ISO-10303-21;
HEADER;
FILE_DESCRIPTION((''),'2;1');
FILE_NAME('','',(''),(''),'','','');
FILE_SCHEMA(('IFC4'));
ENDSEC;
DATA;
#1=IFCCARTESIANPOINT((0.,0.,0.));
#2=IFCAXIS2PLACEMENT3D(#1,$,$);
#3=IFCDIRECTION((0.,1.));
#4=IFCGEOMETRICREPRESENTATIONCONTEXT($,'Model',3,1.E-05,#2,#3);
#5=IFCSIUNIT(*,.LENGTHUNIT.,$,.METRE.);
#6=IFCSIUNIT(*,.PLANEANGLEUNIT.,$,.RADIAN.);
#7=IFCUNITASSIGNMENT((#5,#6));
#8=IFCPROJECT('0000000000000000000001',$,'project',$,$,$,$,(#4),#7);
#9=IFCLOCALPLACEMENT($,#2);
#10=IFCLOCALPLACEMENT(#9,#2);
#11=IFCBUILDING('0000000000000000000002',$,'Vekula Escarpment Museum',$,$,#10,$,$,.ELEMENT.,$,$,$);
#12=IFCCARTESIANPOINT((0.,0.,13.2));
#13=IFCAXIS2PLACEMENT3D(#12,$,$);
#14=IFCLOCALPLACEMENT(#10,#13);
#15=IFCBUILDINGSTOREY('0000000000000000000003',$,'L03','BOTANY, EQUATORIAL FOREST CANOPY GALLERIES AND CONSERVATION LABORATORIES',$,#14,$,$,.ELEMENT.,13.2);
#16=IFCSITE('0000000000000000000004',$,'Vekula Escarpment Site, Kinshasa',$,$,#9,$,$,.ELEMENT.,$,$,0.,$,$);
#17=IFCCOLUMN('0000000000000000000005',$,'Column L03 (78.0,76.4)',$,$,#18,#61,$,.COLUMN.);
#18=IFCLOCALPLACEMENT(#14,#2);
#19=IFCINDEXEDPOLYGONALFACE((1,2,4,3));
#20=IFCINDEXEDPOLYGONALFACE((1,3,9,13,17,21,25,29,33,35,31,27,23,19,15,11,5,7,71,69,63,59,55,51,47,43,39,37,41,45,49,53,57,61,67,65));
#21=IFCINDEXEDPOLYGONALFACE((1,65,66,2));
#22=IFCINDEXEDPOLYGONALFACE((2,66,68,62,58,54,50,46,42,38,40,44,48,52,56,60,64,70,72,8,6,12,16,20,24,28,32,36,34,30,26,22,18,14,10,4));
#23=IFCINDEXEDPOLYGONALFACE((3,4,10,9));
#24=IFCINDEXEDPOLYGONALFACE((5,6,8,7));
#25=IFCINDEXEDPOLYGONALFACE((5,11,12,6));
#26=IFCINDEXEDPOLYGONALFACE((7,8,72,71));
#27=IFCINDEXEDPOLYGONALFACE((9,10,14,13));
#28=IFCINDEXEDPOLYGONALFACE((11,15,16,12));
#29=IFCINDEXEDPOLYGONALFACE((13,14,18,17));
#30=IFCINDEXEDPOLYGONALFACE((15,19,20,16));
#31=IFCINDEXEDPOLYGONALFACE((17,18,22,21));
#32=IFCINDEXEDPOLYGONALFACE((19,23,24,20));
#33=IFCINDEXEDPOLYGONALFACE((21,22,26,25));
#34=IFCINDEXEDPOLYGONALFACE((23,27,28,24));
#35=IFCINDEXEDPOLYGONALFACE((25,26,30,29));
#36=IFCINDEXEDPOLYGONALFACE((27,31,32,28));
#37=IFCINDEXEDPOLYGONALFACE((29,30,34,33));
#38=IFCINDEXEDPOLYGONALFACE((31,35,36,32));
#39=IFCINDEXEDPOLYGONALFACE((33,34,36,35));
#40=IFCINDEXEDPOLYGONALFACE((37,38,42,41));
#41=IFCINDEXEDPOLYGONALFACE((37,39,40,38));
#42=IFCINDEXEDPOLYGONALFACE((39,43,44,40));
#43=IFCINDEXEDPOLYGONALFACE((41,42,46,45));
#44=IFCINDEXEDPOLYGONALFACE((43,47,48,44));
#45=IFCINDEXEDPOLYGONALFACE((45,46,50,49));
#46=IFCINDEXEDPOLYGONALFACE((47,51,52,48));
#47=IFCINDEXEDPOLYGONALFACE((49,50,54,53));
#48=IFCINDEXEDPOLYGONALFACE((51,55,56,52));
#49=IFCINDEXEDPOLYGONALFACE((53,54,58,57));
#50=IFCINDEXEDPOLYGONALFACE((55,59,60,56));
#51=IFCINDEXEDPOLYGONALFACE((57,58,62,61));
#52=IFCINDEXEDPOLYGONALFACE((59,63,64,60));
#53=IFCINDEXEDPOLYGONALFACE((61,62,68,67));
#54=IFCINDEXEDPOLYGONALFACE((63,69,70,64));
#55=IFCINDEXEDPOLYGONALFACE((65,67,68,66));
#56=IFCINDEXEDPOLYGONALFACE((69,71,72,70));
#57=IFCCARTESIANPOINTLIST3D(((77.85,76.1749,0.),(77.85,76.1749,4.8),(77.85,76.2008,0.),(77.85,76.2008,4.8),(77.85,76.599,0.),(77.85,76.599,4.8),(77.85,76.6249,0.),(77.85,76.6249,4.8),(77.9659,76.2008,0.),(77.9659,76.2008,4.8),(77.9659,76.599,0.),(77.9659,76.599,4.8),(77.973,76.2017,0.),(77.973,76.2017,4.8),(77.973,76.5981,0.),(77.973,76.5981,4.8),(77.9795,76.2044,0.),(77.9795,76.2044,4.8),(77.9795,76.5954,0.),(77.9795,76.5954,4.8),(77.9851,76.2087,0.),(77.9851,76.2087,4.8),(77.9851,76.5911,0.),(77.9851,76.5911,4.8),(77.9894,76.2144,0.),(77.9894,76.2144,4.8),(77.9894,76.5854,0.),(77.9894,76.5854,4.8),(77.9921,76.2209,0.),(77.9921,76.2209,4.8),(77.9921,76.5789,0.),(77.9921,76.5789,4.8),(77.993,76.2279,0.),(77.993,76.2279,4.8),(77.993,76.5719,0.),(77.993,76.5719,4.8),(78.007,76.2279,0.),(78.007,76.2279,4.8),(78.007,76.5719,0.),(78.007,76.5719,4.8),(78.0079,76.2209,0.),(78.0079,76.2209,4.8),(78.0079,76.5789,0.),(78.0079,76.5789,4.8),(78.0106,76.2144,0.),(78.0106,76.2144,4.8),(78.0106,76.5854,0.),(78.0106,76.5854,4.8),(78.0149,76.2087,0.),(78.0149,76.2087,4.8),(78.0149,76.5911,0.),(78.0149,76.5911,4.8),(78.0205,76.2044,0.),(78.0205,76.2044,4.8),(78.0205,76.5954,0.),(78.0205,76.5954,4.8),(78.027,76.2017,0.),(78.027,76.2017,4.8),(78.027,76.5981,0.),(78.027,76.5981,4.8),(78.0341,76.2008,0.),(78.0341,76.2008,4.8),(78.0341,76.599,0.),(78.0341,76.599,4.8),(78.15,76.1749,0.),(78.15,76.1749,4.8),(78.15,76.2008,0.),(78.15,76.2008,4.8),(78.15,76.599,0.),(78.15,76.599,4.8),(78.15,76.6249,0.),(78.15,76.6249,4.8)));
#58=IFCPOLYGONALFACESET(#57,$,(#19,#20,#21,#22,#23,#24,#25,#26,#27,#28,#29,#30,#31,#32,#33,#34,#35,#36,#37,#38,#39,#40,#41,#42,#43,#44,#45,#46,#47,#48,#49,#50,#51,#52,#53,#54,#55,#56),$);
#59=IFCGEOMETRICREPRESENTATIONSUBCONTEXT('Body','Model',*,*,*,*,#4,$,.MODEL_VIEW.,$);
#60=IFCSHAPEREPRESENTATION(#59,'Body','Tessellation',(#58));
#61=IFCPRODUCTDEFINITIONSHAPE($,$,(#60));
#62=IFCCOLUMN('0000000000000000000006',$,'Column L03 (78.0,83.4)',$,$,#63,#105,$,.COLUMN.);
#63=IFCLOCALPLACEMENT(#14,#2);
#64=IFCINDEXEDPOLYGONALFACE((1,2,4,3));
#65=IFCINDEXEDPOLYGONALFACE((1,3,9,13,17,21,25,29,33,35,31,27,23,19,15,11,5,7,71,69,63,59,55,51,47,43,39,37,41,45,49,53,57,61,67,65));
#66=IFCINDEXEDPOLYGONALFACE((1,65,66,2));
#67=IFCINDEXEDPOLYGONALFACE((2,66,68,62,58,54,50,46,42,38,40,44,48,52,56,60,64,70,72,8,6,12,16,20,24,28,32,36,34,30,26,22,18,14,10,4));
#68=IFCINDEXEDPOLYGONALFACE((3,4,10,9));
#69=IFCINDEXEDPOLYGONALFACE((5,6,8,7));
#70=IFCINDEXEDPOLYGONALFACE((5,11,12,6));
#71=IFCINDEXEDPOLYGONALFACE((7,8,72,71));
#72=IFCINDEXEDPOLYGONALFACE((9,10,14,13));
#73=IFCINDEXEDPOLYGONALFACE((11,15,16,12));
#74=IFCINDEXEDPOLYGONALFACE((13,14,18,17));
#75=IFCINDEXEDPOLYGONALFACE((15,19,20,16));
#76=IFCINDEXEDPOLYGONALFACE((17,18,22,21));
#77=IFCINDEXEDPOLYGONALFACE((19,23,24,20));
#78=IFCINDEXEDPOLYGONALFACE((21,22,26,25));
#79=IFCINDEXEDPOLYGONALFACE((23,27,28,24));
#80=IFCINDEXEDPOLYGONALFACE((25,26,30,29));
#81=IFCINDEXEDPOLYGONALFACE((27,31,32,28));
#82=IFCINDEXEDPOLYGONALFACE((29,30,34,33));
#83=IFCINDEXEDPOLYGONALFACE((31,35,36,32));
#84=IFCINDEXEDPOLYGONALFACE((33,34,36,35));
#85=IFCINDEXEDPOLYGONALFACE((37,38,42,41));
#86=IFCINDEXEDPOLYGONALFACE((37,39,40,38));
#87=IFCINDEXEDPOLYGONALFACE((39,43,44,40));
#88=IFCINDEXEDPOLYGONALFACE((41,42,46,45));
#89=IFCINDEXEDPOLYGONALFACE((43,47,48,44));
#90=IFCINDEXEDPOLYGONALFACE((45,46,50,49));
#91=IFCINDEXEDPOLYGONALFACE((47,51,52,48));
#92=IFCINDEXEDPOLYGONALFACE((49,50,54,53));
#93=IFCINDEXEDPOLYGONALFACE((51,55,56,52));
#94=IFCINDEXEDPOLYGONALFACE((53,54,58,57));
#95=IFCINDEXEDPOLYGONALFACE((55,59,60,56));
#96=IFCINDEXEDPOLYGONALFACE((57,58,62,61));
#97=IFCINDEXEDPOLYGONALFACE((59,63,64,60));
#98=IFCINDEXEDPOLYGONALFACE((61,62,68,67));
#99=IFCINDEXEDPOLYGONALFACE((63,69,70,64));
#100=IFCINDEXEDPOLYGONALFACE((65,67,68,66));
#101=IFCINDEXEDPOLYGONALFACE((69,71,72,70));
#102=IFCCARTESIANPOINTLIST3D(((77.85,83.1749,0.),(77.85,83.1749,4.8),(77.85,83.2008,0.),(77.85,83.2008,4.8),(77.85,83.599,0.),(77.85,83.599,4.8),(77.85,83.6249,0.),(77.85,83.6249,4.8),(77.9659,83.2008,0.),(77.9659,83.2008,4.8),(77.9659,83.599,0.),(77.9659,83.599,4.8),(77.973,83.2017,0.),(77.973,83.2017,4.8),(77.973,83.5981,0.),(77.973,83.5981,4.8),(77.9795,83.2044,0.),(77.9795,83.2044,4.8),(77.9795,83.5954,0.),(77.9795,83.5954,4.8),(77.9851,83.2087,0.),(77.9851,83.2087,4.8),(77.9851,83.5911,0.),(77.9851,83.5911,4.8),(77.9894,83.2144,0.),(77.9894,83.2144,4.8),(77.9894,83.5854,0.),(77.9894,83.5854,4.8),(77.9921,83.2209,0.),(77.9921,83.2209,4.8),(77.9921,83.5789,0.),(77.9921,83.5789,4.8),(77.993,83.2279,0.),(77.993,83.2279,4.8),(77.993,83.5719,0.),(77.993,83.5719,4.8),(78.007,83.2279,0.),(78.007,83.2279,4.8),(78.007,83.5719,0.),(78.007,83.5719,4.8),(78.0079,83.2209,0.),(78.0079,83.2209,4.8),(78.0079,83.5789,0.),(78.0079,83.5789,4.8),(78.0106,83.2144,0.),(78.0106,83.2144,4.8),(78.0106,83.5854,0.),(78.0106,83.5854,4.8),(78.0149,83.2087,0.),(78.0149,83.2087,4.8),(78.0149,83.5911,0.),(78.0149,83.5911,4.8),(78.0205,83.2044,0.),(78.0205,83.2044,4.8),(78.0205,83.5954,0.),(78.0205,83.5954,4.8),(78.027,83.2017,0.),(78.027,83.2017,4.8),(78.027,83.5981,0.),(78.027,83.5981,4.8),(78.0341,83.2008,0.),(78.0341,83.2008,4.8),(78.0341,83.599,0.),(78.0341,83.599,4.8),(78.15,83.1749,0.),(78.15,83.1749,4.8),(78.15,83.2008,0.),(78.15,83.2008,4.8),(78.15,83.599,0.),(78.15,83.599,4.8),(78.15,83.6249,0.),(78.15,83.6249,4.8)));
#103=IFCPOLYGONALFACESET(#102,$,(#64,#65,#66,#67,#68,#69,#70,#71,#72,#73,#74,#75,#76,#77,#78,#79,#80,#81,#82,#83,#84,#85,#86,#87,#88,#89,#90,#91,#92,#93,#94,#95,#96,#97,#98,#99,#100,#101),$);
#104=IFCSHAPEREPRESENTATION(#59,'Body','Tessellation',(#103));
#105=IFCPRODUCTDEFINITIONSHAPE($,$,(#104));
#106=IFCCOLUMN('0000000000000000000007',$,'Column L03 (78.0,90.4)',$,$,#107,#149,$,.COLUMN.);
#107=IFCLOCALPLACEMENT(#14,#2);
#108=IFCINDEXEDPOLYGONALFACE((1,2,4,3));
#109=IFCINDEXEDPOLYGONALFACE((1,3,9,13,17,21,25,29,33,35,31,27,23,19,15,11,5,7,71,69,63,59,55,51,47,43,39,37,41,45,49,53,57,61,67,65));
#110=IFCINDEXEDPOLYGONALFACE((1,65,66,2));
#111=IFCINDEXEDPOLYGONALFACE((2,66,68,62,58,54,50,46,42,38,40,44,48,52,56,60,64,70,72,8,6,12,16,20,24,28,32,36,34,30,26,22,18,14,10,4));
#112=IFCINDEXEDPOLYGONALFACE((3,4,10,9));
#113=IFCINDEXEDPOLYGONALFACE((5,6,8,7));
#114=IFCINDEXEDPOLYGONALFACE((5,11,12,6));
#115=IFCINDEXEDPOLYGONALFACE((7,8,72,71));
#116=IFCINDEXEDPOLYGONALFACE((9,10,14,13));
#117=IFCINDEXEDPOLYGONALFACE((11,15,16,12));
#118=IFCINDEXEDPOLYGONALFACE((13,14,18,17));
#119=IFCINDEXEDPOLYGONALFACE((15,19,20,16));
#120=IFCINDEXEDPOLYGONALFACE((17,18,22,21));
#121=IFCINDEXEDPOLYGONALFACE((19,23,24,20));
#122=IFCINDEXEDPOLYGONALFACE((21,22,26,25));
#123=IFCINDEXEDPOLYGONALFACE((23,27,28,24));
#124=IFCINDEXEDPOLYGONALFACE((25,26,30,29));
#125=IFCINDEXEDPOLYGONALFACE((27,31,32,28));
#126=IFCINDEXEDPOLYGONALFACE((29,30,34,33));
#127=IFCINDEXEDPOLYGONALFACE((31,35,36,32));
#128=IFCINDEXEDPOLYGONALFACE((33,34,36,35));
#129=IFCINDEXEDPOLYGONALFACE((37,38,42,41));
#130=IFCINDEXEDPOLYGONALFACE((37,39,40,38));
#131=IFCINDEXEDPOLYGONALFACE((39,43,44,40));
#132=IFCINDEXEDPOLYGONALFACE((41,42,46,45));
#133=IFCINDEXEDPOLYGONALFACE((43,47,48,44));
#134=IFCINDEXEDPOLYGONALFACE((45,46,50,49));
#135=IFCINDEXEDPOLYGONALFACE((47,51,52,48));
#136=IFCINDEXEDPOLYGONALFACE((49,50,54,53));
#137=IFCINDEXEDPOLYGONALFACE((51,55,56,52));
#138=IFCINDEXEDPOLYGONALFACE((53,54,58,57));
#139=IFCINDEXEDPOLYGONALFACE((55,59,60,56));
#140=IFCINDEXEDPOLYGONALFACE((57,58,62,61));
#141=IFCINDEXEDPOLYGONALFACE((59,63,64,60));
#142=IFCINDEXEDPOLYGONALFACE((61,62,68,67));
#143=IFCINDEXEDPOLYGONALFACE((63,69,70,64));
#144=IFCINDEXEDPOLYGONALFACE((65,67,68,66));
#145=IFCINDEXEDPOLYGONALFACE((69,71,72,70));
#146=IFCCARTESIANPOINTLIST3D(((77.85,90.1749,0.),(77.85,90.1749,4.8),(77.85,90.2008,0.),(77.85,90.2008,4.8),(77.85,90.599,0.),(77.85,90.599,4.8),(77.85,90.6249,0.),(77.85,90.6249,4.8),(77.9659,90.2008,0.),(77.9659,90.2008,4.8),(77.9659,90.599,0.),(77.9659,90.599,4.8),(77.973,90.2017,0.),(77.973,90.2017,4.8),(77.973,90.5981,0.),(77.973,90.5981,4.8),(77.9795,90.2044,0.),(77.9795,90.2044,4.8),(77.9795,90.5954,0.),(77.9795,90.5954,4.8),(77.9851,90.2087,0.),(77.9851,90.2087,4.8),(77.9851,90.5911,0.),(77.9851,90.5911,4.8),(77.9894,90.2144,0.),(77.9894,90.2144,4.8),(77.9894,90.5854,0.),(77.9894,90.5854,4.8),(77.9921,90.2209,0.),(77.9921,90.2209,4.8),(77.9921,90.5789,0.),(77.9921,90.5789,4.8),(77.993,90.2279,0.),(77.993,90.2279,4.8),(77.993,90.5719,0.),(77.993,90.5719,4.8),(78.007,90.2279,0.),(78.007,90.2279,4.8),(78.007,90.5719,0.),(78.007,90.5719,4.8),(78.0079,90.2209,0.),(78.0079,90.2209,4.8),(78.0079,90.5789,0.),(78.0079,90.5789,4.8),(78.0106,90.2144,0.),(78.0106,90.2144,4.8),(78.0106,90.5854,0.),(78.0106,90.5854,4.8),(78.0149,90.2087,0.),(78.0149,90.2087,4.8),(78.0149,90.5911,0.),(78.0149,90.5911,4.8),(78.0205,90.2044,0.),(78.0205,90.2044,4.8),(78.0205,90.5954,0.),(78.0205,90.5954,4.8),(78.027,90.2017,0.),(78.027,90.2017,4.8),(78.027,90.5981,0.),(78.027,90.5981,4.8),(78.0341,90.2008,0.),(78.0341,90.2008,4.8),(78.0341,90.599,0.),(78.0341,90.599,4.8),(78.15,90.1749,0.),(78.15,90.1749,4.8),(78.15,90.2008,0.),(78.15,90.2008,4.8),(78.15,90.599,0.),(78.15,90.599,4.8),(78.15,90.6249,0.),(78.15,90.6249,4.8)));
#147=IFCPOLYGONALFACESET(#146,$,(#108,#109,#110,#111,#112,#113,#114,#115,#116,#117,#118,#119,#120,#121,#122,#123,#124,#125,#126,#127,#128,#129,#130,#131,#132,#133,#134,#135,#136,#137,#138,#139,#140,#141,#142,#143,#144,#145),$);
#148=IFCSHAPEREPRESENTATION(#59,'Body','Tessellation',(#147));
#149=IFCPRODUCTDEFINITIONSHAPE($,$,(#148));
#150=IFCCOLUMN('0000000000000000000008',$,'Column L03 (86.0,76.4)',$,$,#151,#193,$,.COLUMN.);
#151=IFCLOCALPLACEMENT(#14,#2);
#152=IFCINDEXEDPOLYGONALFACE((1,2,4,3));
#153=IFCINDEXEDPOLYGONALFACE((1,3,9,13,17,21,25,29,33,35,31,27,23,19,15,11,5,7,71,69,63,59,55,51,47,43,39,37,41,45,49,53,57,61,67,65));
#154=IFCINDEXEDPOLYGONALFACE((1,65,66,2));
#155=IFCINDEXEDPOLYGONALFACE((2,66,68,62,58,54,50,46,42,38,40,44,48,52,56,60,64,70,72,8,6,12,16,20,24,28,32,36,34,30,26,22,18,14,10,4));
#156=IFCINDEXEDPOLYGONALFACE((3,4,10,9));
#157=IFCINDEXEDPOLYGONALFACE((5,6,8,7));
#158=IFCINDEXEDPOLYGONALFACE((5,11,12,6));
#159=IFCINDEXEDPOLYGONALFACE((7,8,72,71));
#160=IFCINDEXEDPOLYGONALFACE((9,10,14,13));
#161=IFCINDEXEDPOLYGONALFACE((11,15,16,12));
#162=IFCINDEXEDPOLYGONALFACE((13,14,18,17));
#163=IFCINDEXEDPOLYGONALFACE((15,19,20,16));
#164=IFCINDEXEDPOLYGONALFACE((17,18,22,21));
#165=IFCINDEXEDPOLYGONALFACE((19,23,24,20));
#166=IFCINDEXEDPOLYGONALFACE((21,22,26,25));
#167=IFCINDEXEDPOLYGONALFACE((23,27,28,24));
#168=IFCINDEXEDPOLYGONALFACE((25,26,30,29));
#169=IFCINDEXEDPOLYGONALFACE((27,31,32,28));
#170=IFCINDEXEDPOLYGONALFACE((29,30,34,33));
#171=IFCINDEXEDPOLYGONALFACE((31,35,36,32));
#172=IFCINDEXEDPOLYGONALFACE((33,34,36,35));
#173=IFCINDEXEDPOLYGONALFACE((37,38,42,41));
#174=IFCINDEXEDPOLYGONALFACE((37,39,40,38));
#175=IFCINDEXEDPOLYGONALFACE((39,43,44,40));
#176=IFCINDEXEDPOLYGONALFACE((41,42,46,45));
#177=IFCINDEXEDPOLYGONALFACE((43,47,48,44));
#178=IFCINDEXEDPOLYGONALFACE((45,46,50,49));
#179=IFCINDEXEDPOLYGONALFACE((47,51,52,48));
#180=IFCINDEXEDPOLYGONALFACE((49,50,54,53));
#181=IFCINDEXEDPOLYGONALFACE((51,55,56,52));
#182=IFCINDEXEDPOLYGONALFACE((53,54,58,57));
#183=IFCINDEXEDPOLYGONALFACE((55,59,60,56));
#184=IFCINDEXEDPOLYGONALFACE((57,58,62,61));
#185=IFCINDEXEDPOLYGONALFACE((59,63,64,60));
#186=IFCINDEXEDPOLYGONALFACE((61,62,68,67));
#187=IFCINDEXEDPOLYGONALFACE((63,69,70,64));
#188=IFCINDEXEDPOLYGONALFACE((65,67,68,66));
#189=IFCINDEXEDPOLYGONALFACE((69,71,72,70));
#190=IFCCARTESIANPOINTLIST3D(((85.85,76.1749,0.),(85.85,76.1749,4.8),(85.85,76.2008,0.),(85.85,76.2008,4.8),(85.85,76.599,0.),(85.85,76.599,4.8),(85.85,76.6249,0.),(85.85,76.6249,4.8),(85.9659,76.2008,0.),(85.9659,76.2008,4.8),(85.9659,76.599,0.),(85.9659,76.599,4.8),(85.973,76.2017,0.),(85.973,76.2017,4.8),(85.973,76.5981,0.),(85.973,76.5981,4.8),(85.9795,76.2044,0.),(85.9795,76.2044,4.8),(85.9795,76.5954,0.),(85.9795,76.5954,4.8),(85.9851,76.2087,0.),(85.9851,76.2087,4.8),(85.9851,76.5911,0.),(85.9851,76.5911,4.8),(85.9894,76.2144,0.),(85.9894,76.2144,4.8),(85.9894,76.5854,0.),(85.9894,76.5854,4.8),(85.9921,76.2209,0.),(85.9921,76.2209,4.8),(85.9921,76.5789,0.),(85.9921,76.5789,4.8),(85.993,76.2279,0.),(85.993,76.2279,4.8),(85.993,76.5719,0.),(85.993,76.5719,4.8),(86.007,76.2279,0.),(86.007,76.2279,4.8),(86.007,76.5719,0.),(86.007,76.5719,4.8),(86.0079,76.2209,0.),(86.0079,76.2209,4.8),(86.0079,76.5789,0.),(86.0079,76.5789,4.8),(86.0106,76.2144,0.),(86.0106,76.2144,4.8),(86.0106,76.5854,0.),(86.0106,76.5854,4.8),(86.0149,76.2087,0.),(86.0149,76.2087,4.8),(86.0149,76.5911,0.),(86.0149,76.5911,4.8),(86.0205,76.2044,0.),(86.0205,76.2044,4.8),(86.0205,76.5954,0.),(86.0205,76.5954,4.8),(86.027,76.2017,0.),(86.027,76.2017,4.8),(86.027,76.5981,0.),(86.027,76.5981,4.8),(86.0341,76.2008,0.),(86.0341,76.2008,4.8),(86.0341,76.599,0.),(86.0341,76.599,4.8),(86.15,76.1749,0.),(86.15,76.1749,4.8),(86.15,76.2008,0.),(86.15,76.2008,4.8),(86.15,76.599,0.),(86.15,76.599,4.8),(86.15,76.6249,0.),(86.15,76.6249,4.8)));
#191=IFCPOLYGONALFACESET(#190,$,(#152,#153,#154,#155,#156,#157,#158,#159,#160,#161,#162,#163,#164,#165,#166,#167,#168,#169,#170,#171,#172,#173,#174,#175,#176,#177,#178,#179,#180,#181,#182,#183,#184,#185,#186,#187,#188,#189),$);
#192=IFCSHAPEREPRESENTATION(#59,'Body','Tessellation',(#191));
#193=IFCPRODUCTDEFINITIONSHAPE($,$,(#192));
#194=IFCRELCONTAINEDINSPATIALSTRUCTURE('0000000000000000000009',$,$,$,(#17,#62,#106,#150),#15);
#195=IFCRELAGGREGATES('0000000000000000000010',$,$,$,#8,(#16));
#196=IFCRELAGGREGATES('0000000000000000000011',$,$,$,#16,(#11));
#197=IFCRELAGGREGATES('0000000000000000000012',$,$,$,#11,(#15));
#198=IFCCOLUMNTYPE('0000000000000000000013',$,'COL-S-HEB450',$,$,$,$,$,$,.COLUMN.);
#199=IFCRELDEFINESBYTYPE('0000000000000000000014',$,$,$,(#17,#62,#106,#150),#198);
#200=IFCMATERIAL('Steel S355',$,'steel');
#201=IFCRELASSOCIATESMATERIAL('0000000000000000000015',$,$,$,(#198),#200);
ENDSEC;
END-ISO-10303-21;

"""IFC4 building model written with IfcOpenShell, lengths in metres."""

from ifc_helpers import new_model, si_unit, direction, frame, origin, origin_2d, place, context, subcontext, project, spatial, i_section, extrude, material, material_profile, profile_set, type_object, element, save


model = new_model("IFC4")

# Units and contexts
model_context = context("Model", 3, precision=1e-05, world=origin(), true_north=direction((0.0, 1.0)))
body_context = subcontext(model_context, "Body", "Model", "MODEL_VIEW")
ifc_project = project(units=[si_unit("LENGTHUNIT", "METRE"), si_unit("PLANEANGLEUNIT", "RADIAN")], contexts=[model_context])

# Site, building, storey
site_placement = place(None, origin())
site = spatial("IfcSite", under=ifc_project, at=site_placement, Name="Vekula Escarpment Site, Kinshasa", CompositionType="ELEMENT", RefElevation=0.0)
building_placement = place(site_placement, origin())
building = spatial("IfcBuilding", under=site, at=building_placement, Name="Vekula Escarpment Museum", CompositionType="ELEMENT")
storey_placement = place(building_placement, frame((0.0, 0.0, 13.2)))
storey = spatial("IfcBuildingStorey", under=building, at=storey_placement, Name="L03", Description="BOTANY, EQUATORIAL FOREST CANOPY GALLERIES AND CONSERVATION LABORATORIES", CompositionType="ELEMENT", Elevation=13.2)

# Columns
ifc_material_1 = material(Name="Steel S355", Category="steel")
ifc_material_profile_1 = material_profile(ifc_material_1, i_section(OverallWidth=0.3, OverallDepth=0.45, WebThickness=0.0139, FlangeThickness=0.0259, FilletRadius=0.0271, at=origin_2d()), Name="HEB 450")
ifc_profile_set_1 = profile_set([ifc_material_profile_1], Name="Steel S355")
column_type = type_object("IfcColumnType", Name="COL-S-HEB450", PredefinedType="COLUMN", material=ifc_profile_set_1)
for number, where, z_axis, x_axis, name in (
    (1, (78.0, 76.3999, 0.0), (0.0, 0.0, 1.0), (1.0, 0.0, 0.0), "Column L03 (78.0,76.4)"),
    (2, (78.0, 83.3999, 0.0), (0.0, 0.0, 1.0), (1.0, 0.0, 0.0), "Column L03 (78.0,83.4)"),
    (3, (78.0, 90.3999, 0.0), (0.0, 0.0, 1.0), (1.0, 0.0, 0.0), "Column L03 (78.0,90.4)"),
    (4, (86.0, 76.3999, 0.0), (0.0, 0.0, 1.0), (1.0, 0.0, 0.0), "Column L03 (86.0,76.4)"),
):
    element("IfcColumn", number, at=place(storey_placement, frame(where, z_axis=z_axis, x_axis=x_axis)), inside=storey, type_object=column_type, Name=name, PredefinedType="COLUMN", context=body_context, shape_type="SweptSolid", body=[
        extrude(i_section(OverallWidth=0.3, OverallDepth=0.45, WebThickness=0.0139, FlangeThickness=0.0259, FilletRadius=0.0271, at=origin_2d()), origin(), (0.0, 0.0, 1.0), 4.8),
    ])

save(model, "model.ifc")
